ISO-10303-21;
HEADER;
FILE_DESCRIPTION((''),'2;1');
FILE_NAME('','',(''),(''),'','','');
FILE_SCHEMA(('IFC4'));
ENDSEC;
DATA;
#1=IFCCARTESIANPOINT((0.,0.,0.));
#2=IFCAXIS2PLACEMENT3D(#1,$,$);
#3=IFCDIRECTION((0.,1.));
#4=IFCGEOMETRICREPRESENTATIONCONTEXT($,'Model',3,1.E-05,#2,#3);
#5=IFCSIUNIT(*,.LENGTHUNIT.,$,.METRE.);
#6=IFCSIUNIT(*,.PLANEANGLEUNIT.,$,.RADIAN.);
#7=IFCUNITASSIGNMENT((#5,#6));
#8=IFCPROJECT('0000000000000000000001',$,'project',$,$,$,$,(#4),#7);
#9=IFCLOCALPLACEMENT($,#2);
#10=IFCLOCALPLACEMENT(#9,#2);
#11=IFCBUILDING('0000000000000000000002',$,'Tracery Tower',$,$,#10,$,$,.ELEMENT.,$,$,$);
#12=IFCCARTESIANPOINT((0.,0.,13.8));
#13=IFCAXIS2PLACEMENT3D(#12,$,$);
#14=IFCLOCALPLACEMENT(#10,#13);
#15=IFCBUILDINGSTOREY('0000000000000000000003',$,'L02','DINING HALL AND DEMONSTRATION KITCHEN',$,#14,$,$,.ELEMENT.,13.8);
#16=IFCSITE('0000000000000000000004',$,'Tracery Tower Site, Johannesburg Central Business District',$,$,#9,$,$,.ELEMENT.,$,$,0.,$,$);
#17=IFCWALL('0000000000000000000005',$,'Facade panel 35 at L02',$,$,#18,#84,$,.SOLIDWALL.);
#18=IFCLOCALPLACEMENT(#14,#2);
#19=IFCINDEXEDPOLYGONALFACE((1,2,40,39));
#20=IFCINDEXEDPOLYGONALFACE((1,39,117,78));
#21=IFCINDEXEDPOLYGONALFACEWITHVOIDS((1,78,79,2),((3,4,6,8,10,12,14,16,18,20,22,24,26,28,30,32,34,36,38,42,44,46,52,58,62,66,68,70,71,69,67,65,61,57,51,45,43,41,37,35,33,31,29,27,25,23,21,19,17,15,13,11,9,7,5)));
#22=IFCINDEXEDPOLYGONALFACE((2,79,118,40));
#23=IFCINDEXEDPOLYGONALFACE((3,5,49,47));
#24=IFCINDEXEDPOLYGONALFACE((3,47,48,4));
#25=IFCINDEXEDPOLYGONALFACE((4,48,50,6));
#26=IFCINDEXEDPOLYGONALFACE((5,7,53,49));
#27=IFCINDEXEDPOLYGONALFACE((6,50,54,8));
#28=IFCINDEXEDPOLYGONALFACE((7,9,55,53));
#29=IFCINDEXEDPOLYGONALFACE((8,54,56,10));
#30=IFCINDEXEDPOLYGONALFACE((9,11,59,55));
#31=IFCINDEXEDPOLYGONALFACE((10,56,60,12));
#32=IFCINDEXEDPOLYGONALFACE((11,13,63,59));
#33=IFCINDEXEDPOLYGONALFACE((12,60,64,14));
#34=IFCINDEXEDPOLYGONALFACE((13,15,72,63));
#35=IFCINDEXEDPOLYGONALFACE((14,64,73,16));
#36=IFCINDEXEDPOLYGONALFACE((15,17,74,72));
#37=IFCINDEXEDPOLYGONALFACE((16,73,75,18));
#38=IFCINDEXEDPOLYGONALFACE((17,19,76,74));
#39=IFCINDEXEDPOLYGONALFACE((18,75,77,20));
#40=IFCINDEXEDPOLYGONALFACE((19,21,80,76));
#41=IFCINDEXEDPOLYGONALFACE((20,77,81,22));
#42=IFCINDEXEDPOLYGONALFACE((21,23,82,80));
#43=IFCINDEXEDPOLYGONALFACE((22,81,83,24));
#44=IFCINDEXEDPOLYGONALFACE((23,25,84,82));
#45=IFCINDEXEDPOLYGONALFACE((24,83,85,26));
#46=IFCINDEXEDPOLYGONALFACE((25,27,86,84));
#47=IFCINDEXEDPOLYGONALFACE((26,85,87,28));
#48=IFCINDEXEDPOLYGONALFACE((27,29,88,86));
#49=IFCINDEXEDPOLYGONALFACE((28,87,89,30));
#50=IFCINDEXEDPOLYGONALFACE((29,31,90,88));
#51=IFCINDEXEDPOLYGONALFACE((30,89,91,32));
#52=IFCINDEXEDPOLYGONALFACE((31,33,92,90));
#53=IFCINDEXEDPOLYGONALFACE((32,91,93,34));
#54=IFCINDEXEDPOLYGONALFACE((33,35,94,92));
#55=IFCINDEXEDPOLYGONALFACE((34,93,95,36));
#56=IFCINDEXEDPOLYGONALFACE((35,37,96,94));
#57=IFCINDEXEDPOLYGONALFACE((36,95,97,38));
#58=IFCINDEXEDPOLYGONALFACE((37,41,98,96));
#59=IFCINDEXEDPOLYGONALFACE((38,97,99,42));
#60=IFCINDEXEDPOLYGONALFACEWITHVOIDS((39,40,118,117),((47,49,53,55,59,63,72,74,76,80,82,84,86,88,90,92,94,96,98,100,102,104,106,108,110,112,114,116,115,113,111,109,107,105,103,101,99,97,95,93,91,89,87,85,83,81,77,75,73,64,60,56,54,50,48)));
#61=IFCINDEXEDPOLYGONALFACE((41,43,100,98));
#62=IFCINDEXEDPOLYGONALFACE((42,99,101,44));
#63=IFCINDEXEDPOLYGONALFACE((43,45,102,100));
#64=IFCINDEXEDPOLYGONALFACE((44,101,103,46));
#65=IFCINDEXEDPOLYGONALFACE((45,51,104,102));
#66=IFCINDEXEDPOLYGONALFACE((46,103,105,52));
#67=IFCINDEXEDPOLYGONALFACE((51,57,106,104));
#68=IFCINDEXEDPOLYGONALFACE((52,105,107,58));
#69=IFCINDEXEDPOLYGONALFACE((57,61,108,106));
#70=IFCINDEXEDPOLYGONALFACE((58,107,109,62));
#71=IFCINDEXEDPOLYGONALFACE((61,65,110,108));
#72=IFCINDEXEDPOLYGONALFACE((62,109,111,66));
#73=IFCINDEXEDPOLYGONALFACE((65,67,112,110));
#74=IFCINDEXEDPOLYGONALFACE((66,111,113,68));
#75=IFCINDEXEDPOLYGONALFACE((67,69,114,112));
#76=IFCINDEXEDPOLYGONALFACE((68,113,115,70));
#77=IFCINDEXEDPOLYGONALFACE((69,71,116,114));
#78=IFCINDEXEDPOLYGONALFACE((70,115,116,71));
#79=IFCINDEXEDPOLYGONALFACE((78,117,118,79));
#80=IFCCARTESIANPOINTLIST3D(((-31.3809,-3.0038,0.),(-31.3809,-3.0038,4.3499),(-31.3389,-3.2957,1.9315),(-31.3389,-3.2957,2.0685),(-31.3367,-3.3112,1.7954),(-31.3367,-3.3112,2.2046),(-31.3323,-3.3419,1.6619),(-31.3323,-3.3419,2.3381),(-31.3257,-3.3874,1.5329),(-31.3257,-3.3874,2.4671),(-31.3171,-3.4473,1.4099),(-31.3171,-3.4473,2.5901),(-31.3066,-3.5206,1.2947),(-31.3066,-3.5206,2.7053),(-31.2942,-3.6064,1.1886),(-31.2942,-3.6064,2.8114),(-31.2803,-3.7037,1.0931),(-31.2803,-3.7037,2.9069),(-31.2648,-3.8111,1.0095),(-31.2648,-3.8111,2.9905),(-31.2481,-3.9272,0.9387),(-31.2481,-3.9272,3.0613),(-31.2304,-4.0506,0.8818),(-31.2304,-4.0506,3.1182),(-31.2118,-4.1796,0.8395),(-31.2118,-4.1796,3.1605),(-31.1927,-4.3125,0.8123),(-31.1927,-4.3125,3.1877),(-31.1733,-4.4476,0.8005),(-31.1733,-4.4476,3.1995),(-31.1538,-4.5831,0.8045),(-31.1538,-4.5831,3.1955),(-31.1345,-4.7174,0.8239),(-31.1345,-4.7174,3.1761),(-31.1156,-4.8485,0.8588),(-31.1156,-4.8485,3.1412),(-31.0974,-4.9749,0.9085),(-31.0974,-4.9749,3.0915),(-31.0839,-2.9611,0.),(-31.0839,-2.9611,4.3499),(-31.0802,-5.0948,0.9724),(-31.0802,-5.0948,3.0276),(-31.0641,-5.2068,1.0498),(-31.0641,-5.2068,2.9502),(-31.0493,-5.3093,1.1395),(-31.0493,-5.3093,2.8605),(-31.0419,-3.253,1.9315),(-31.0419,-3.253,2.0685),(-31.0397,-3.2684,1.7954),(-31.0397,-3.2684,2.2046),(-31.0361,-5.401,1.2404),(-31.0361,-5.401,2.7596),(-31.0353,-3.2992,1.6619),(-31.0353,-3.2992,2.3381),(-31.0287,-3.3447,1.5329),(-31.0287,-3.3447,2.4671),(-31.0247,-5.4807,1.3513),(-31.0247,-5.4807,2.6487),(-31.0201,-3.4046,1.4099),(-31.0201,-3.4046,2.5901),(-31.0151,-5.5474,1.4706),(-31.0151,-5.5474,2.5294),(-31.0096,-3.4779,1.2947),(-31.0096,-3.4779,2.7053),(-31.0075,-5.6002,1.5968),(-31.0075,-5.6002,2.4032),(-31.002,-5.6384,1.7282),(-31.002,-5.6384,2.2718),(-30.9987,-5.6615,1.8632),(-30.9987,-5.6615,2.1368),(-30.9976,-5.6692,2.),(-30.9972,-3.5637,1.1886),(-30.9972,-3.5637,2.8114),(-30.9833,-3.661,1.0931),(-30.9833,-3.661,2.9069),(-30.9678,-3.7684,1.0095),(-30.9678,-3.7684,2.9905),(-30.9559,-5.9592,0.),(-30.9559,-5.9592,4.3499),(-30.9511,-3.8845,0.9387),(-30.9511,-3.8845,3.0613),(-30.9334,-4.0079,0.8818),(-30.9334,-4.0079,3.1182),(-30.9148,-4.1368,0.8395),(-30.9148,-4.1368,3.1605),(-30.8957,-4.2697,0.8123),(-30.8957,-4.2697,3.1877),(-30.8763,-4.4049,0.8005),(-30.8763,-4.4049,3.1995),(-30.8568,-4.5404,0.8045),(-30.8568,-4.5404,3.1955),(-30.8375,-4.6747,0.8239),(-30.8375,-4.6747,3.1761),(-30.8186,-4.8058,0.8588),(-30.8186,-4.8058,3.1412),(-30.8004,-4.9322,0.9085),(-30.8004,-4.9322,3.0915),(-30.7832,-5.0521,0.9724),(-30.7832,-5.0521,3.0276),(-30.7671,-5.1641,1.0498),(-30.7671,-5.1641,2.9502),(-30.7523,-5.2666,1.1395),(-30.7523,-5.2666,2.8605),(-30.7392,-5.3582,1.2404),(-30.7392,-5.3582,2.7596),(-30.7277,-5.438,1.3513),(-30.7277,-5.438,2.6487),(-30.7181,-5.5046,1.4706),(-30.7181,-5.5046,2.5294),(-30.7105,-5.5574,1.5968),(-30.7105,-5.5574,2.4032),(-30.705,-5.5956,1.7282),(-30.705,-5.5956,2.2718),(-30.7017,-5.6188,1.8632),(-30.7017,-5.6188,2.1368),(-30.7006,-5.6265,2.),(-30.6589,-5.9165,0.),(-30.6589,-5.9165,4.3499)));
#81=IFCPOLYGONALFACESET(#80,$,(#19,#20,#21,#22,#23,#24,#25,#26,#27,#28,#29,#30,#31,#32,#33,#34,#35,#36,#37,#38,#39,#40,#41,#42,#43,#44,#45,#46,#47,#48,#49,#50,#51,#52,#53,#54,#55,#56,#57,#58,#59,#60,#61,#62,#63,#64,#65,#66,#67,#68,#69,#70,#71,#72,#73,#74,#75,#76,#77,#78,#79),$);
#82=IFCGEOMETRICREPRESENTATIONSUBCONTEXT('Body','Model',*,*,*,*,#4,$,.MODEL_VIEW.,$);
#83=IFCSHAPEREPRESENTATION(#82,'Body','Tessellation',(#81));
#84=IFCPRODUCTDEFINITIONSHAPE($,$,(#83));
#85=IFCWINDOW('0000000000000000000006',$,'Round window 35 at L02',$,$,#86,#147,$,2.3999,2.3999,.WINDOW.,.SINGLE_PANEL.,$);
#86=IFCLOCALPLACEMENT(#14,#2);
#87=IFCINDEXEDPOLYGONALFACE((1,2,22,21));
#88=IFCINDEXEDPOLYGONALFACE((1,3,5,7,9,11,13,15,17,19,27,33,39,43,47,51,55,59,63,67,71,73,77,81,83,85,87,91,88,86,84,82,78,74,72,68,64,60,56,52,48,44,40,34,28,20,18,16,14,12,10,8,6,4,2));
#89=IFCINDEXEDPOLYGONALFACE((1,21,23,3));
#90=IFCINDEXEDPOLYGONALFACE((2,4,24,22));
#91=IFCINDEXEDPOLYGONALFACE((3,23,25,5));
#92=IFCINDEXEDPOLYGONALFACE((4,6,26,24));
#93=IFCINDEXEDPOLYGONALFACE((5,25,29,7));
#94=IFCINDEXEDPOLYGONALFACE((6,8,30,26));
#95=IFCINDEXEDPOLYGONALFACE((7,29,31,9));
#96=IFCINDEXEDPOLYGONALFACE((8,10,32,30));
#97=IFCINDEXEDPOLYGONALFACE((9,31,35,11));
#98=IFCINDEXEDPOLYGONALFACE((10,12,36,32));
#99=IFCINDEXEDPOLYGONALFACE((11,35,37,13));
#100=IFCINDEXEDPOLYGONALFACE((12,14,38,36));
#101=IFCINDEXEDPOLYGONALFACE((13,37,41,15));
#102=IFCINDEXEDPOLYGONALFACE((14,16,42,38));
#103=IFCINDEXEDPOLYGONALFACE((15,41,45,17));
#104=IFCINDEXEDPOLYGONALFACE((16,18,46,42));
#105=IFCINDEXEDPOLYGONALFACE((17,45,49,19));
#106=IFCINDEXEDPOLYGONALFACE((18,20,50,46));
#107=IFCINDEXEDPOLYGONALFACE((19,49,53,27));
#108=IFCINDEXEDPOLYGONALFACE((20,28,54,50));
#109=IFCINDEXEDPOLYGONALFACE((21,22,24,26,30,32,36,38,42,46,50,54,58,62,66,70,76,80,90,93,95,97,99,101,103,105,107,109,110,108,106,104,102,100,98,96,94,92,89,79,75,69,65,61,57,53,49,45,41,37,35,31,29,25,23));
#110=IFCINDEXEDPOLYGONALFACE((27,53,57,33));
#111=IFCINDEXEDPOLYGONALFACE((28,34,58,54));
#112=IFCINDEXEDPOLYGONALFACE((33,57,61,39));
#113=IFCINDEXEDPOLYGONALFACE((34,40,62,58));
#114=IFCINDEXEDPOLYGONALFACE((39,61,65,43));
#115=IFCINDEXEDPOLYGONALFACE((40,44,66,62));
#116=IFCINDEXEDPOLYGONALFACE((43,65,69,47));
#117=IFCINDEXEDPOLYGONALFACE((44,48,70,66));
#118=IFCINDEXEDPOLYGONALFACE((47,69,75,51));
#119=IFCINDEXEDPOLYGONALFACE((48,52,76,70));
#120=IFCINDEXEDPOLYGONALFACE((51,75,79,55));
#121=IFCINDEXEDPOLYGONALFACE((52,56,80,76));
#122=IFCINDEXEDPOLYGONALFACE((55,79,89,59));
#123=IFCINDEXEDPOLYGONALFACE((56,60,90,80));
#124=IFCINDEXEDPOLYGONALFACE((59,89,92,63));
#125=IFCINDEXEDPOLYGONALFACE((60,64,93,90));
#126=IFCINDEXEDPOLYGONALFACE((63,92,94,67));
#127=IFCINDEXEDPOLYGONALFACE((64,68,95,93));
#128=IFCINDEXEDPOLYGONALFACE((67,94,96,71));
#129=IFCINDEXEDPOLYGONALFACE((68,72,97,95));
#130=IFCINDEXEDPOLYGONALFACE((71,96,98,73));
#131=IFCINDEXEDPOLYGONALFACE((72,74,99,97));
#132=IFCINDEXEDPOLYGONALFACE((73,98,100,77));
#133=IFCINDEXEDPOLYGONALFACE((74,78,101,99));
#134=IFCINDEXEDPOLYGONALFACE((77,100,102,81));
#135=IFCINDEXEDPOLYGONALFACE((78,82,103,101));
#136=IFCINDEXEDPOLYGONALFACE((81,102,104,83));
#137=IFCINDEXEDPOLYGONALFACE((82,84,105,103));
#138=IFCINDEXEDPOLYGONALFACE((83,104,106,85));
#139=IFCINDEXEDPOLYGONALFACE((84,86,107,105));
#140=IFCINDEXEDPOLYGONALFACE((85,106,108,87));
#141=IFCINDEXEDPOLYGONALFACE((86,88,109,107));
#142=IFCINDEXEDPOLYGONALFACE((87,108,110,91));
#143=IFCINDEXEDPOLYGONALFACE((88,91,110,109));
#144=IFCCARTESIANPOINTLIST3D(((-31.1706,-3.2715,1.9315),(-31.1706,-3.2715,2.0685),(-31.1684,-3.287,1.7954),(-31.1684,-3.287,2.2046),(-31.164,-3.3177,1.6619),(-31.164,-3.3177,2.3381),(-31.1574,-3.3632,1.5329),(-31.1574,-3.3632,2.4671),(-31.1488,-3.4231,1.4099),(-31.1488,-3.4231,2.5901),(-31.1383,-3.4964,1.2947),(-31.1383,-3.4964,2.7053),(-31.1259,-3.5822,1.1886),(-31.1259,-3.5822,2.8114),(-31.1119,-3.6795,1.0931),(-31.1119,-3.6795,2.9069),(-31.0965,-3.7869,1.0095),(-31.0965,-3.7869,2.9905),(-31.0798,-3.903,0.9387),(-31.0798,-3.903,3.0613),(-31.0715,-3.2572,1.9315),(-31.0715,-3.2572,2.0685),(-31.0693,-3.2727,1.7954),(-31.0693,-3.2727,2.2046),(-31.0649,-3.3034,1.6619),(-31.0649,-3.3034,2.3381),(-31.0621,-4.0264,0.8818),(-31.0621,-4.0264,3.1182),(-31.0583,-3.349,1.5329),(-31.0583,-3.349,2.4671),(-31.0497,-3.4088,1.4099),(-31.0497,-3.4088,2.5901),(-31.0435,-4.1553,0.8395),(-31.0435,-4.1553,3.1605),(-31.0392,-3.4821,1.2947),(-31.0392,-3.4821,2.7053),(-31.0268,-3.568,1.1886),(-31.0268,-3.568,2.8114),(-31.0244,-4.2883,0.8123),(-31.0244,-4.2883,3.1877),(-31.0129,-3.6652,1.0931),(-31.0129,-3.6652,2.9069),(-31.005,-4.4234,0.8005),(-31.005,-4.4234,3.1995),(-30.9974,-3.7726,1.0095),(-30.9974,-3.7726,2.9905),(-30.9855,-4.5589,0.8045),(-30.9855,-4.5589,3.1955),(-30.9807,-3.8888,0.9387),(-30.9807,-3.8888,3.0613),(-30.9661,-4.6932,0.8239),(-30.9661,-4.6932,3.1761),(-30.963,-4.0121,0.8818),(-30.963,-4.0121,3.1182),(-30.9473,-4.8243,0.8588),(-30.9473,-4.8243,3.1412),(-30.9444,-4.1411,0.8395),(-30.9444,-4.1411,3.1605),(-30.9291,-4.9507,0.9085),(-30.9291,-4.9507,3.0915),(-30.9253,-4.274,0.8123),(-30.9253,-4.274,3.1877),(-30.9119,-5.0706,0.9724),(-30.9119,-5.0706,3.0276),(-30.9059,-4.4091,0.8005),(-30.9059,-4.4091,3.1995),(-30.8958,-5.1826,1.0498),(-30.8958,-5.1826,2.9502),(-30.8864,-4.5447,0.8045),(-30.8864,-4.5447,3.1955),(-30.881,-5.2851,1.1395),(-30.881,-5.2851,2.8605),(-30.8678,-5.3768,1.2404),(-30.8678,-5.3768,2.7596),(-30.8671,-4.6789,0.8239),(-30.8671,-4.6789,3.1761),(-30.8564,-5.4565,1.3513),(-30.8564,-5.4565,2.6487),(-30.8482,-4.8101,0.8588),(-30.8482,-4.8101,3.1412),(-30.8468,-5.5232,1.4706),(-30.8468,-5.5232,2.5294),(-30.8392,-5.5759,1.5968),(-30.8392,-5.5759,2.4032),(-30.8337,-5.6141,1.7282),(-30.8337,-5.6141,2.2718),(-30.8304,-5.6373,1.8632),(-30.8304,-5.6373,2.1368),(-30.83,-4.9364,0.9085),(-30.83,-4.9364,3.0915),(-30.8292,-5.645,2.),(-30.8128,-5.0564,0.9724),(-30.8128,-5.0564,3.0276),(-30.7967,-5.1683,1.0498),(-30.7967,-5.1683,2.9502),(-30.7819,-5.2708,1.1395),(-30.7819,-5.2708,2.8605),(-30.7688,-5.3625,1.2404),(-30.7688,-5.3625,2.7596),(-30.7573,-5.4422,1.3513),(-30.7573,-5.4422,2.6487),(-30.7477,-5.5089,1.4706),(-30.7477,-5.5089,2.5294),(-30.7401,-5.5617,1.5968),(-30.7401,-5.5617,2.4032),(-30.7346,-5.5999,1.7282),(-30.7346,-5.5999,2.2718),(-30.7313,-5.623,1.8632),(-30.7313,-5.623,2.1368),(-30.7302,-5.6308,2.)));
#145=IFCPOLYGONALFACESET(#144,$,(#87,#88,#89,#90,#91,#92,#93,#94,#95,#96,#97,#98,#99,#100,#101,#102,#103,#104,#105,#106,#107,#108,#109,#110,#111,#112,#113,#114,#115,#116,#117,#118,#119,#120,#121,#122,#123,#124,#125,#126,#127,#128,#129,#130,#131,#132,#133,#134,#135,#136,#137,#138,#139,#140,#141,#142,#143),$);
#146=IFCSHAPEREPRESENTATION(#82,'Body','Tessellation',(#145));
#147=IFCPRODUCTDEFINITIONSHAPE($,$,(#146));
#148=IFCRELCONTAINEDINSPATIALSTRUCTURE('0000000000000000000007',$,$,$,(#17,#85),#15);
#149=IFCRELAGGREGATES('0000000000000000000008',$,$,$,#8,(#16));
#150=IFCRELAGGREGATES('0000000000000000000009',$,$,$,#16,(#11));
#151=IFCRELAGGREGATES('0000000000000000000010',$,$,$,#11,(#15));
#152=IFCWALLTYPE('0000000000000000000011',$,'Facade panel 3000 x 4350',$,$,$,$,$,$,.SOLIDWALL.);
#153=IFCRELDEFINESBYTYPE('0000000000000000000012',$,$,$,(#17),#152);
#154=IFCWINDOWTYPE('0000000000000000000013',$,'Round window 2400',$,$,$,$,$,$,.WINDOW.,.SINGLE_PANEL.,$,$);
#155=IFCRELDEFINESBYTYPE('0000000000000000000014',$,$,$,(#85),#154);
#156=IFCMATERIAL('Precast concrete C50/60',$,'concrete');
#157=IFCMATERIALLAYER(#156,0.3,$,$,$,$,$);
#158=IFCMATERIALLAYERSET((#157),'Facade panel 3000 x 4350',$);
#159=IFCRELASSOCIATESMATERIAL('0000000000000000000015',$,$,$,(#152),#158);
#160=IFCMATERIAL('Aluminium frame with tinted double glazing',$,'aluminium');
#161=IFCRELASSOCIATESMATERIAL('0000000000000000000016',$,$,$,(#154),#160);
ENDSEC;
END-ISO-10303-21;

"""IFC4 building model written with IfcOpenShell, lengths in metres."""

from ifc_helpers import new_model, si_unit, direction, frame, frame_2d, origin, origin_2d, place, context, subcontext, project, spatial, rectangle, circle, extrude, material, layer, layer_set, type_object, element, fill, save


model = new_model("IFC4")

# Units and contexts
model_context = context("Model", 3, precision=1e-05, world=origin(), true_north=direction((0.0, 1.0)))
body_context = subcontext(model_context, "Body", "Model", "MODEL_VIEW")
ifc_project = project(units=[si_unit("LENGTHUNIT", "METRE"), si_unit("PLANEANGLEUNIT", "RADIAN")], contexts=[model_context])

# Site, building, storey
site_placement = place(None, origin())
site = spatial("IfcSite", under=ifc_project, at=site_placement, Name="Tracery Tower Site, Johannesburg Central Business District", CompositionType="ELEMENT", RefElevation=0.0)
building_placement = place(site_placement, origin())
building = spatial("IfcBuilding", under=site, at=building_placement, Name="Tracery Tower", CompositionType="ELEMENT")
storey_placement = place(building_placement, frame((0.0, 0.0, 13.8)))
storey = spatial("IfcBuildingStorey", under=building, at=storey_placement, Name="L02", Description="DINING HALL AND DEMONSTRATION KITCHEN", CompositionType="ELEMENT", Elevation=13.8)

# Wall, opening, window
ifc_material_1 = material(Name="Precast concrete C50/60", Category="concrete")
ifc_layer = layer(ifc_material_1, 0.3)
ifc_layer_set = layer_set([ifc_layer], Name="Facade panel 3000 x 4350")
wall_type = type_object("IfcWallType", Name="Facade panel 3000 x 4350", PredefinedType="SOLIDWALL", material=ifc_layer_set)
wall_1_placement = place(storey_placement, frame((-31.2324, -2.9824, 0.0), z_axis=(0.0, 0.0, 1.0), x_axis=(0.14236, -0.989815, 0.0)))
wall_1 = element("IfcWall", 1, at=wall_1_placement, inside=storey, type_object=wall_type, Name="Facade panel 35 at L02", PredefinedType="SOLIDWALL", context=body_context, shape_type="SweptSolid", body=[
    extrude(rectangle(XDim=2.9858, YDim=0.3, at=frame_2d((1.4929, 0.0))), origin(), (0.0, 0.0, 1.0), 4.3499),
])
opening_1_placement = place(wall_1_placement, frame((1.4929, 0.0, 2.0)))
opening_1 = element("IfcOpeningElement", 2, at=opening_1_placement, cuts=wall_1, PredefinedType="OPENING", context=body_context, shape_type="SweptSolid", body=[
    extrude(circle(Radius=1.2, at=origin_2d()), frame((0.0, 0.1599, 0.0), z_axis=(0.0, -1.0, 0.0), x_axis=(1.0, 0.0, 0.0)), (0.0, 0.0, 1.0), 0.3201),
])
ifc_material_2 = material(Name="Aluminium frame with tinted double glazing", Category="aluminium")
window_type = type_object("IfcWindowType", Name="Round window 2400", PartitioningType="SINGLE_PANEL", PredefinedType="WINDOW", material=ifc_material_2)
window_1_placement = place(opening_1_placement, origin())
window_1 = element("IfcWindow", 3, at=window_1_placement, inside=storey, type_object=window_type, Name="Round window 35 at L02", OverallHeight=2.3999, OverallWidth=2.3999, PartitioningType="SINGLE_PANEL", PredefinedType="WINDOW", context=body_context, shape_type="SweptSolid", body=[
    extrude(circle(Radius=1.2, at=origin_2d()), frame((0.0, 0.1201, 0.0), z_axis=(0.0, -1.0, 0.0), x_axis=(1.0, 0.0, 0.0)), (0.0, 0.0, 1.0), 0.1001),
])
fill(opening_1, window_1)

save(model, "model.ifc")
